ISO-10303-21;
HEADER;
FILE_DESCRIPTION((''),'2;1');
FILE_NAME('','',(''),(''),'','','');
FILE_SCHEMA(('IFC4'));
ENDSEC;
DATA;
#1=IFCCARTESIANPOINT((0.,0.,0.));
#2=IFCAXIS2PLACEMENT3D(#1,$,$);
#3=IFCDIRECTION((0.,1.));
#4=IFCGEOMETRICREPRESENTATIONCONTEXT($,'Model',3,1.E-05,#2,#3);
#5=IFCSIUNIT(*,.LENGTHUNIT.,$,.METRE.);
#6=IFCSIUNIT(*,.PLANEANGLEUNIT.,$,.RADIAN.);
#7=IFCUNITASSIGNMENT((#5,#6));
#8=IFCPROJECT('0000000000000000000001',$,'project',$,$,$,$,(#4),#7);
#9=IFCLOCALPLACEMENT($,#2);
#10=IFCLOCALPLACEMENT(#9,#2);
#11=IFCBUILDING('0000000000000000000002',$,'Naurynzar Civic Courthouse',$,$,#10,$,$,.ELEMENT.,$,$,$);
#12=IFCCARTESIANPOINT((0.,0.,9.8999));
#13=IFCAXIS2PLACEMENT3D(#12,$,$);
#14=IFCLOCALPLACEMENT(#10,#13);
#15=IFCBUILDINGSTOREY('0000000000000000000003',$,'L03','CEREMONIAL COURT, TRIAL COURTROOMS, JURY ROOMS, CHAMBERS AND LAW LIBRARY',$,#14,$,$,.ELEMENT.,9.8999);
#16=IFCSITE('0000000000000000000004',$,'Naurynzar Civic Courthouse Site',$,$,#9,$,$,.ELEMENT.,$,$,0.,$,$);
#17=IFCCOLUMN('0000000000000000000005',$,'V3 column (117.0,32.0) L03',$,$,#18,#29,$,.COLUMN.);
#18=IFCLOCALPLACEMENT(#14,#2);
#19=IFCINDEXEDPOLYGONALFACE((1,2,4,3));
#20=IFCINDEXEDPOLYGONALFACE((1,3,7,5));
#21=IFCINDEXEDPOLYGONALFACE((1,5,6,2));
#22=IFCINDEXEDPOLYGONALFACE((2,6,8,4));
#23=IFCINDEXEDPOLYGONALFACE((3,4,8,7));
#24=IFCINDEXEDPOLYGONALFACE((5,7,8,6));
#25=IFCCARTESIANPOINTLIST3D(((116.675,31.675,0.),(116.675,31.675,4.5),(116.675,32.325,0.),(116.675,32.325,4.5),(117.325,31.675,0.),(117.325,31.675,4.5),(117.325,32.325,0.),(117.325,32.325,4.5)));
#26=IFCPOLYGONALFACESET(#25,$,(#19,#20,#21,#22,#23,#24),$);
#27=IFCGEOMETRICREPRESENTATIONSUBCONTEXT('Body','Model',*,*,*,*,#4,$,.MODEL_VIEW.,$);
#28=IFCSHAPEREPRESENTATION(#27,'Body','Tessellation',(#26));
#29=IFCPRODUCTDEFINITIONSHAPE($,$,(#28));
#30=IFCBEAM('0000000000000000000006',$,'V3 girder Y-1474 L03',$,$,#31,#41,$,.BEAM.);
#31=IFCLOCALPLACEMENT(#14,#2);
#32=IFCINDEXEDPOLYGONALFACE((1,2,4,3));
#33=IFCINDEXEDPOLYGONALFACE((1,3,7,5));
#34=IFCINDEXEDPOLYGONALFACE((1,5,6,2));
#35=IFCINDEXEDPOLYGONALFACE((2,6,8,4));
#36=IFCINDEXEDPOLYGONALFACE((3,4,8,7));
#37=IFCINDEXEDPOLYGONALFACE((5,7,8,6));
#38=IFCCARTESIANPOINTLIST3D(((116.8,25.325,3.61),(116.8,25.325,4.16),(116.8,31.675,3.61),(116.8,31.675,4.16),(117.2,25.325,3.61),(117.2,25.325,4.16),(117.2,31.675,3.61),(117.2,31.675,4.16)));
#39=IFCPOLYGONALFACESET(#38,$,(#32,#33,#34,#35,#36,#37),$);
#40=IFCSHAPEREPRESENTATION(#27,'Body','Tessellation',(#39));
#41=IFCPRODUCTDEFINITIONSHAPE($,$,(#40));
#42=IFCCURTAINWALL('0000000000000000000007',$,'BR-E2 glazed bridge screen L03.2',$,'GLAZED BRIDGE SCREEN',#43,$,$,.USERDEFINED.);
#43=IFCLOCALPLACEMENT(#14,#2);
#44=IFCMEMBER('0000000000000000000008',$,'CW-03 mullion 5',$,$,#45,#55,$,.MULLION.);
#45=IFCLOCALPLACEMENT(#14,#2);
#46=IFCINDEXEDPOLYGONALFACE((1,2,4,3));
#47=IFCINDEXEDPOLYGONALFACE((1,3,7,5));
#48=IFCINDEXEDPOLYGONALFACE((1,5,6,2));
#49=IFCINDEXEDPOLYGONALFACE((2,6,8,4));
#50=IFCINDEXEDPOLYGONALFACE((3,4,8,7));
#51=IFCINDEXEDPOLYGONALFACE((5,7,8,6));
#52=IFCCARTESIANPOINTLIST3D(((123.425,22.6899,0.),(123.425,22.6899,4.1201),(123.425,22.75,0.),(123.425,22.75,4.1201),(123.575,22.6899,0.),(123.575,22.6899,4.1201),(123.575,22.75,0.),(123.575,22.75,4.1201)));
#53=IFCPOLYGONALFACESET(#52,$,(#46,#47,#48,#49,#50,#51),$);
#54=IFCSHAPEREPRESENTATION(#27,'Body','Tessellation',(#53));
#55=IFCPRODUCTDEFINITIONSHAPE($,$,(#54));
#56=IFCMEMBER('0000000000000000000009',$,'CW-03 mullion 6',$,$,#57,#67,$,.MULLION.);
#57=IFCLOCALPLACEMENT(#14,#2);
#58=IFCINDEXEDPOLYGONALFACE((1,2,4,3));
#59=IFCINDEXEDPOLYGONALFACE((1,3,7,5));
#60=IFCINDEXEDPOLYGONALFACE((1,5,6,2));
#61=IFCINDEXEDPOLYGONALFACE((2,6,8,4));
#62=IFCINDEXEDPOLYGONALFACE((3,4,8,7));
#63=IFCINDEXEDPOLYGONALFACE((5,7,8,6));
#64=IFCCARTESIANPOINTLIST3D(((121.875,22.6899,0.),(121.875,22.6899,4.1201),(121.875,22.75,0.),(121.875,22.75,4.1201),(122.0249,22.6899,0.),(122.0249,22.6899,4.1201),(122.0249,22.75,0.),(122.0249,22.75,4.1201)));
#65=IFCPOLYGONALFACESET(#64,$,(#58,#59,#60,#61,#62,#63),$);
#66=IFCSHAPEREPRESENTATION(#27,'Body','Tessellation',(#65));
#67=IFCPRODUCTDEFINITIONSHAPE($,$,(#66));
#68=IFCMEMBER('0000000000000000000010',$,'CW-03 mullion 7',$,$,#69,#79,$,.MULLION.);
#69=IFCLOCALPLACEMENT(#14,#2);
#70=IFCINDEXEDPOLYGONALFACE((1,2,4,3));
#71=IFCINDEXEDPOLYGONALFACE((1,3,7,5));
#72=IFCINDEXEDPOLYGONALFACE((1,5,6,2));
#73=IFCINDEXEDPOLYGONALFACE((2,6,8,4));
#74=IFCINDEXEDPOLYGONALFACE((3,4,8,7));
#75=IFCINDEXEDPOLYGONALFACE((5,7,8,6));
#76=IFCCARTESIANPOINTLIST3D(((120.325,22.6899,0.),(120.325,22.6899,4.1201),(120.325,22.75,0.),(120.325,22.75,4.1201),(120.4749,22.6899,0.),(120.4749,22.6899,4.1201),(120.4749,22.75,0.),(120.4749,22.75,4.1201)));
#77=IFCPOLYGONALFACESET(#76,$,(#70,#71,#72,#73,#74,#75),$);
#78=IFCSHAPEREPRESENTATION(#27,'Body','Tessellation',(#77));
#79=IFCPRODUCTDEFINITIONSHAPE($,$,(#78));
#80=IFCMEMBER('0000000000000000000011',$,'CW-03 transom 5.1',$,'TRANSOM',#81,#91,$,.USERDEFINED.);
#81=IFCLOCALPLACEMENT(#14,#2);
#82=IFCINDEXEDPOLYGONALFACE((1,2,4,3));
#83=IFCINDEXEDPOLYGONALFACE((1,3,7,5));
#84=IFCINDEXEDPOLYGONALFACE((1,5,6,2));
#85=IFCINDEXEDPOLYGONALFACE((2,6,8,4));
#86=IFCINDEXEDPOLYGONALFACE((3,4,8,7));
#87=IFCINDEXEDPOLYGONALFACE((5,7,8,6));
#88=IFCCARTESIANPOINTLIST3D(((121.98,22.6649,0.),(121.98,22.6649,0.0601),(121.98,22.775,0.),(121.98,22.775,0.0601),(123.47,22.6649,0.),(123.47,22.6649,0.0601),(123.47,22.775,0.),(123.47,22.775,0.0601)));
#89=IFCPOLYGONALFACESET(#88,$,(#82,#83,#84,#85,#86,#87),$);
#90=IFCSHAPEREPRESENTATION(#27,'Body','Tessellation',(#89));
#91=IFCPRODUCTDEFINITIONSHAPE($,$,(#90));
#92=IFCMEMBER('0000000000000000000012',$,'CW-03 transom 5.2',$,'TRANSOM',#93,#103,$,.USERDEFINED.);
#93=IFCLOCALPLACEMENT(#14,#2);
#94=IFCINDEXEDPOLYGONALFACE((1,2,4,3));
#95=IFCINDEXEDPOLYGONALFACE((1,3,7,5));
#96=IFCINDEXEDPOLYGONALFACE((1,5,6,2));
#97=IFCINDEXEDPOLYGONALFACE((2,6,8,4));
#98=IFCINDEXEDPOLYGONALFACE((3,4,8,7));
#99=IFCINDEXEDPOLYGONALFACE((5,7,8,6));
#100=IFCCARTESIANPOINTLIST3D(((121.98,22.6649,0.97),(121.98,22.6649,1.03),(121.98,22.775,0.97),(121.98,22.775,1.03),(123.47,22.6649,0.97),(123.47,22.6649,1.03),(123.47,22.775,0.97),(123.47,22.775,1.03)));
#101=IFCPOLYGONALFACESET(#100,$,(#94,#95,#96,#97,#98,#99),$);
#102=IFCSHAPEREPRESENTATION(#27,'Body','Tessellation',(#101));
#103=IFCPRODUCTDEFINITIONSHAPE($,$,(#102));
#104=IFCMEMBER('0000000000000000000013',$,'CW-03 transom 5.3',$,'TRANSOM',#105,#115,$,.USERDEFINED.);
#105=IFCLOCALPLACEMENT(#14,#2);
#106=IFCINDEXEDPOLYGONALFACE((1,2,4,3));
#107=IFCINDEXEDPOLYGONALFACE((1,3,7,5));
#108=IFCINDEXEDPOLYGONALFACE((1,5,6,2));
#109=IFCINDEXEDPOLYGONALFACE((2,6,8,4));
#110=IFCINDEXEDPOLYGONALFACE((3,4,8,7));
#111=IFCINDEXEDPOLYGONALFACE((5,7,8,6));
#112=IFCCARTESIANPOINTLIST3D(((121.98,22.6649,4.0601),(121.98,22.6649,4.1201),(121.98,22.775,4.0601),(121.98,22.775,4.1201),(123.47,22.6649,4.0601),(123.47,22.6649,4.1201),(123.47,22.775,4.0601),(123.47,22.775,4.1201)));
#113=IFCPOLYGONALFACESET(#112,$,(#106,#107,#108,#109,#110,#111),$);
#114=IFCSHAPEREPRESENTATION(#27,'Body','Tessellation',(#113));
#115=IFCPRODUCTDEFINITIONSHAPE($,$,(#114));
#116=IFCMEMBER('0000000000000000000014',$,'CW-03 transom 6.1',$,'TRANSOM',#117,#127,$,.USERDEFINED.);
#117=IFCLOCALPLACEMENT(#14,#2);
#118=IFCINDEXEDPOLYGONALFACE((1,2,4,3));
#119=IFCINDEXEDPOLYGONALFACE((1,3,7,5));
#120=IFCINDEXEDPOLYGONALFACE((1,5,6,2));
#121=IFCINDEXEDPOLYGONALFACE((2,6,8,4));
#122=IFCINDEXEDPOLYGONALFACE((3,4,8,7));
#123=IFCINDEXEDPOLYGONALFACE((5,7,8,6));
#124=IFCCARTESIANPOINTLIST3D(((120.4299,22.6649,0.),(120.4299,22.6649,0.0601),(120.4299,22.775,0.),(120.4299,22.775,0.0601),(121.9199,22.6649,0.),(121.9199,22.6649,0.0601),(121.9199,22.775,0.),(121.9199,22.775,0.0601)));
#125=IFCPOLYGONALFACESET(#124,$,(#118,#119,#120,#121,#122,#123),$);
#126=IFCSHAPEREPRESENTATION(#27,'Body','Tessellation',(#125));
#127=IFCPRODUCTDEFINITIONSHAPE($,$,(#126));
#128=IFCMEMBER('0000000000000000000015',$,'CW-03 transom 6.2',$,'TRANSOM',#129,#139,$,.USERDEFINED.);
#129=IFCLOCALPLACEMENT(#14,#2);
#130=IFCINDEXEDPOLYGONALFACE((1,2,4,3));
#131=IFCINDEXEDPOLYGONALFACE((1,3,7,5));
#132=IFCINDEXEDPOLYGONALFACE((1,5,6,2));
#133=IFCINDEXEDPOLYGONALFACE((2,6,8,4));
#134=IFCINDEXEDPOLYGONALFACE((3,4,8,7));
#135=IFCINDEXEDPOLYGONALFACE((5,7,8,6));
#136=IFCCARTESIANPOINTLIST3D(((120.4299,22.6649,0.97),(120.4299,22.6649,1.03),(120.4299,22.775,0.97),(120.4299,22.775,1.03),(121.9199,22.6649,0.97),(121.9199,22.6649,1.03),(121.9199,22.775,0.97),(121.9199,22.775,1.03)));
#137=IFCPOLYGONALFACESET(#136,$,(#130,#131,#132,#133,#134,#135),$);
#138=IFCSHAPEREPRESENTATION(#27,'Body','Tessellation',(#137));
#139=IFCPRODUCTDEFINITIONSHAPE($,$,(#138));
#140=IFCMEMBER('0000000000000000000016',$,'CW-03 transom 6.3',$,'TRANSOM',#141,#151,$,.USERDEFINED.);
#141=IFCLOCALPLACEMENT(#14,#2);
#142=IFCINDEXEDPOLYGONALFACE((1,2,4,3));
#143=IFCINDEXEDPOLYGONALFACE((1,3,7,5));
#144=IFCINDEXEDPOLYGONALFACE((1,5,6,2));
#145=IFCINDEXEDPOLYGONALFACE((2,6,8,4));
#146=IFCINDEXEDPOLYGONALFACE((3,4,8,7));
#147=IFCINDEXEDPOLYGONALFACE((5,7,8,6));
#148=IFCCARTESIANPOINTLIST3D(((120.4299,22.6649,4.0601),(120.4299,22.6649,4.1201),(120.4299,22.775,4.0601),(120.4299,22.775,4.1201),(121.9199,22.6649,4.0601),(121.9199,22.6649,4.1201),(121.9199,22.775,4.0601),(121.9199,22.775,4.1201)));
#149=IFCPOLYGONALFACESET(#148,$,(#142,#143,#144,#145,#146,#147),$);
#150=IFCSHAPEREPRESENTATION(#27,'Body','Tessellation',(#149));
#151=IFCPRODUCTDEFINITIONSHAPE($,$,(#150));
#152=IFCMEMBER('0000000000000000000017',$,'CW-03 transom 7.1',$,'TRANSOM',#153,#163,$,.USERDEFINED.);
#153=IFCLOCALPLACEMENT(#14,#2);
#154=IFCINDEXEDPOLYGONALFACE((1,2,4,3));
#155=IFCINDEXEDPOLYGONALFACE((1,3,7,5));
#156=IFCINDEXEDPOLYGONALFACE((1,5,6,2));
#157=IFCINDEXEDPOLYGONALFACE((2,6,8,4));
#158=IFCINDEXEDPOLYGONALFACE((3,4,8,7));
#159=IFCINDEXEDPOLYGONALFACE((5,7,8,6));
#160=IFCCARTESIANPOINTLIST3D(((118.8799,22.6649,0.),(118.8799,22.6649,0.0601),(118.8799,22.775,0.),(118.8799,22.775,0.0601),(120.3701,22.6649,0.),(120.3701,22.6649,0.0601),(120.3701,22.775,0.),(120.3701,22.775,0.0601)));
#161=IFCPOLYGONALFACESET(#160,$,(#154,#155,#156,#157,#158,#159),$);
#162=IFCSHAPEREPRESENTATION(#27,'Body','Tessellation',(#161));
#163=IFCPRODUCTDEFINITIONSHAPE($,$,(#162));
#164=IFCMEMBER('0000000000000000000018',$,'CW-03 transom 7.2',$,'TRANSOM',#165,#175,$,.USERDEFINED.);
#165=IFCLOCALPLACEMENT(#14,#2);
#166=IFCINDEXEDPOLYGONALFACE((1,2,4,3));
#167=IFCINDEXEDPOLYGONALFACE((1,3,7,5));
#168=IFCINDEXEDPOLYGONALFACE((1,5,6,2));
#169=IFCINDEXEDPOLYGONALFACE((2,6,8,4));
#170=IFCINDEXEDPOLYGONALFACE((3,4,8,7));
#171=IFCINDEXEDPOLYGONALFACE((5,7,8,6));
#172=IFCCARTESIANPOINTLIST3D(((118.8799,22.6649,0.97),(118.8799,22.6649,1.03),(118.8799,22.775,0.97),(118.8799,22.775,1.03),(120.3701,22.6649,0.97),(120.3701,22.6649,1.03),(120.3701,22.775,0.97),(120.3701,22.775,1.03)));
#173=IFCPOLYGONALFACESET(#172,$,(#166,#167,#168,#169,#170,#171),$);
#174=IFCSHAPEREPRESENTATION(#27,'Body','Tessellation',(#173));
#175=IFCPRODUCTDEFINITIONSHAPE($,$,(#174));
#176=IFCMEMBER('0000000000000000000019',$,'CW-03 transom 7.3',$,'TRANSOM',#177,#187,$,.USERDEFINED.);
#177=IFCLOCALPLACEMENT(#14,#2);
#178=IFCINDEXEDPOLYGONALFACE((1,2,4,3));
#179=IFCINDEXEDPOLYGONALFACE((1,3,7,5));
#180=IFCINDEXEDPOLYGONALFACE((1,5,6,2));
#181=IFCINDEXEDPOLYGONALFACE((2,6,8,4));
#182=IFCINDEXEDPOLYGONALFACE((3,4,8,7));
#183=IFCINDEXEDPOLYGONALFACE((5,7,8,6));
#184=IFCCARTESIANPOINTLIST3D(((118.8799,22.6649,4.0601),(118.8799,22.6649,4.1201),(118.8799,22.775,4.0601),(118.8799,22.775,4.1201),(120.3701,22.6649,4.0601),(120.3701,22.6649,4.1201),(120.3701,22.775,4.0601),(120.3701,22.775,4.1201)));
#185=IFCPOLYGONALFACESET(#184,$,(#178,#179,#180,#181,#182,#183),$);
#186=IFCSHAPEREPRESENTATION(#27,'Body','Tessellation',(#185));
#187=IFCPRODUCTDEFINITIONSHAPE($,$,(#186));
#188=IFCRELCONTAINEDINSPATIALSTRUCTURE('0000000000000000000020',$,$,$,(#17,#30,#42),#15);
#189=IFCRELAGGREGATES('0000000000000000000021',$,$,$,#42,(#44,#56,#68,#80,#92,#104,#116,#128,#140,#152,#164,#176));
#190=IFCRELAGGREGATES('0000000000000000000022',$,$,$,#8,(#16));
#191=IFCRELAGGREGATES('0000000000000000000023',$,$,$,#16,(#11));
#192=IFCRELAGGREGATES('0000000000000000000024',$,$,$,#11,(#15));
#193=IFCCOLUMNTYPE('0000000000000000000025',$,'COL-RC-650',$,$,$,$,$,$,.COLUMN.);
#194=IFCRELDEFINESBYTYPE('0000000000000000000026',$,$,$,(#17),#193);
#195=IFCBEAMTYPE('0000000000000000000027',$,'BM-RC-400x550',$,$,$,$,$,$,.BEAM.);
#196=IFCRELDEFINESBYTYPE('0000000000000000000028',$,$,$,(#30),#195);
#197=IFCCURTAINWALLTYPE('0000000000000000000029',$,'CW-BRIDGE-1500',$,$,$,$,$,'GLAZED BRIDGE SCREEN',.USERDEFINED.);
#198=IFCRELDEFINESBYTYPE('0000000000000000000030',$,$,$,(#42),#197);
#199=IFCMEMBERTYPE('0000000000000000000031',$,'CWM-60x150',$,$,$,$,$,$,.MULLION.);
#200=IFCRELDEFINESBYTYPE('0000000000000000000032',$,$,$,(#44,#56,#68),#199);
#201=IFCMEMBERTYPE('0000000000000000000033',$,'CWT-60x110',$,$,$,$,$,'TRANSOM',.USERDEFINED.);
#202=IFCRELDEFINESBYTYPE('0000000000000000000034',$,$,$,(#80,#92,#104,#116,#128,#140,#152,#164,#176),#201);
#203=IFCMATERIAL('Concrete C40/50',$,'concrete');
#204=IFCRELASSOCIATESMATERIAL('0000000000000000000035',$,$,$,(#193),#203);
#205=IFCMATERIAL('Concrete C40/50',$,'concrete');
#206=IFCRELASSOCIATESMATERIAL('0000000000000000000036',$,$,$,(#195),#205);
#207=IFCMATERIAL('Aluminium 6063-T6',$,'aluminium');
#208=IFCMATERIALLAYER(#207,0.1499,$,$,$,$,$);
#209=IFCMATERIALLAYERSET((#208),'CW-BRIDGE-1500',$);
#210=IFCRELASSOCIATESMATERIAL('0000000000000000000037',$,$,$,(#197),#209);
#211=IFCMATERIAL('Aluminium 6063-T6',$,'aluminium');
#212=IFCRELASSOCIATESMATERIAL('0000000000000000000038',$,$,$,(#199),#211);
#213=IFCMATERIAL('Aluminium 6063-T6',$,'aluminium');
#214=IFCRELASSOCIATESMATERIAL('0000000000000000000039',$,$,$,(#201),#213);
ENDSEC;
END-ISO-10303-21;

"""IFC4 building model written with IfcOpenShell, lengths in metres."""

from ifc_helpers import new_model, si_unit, direction, frame, origin, origin_2d, place, context, subcontext, project, spatial, rectangle, extrude, material, layer, layer_set, material_profile, profile_set, type_object, element, aggregate, save


model = new_model("IFC4")

# Units and contexts
model_context = context("Model", 3, precision=1e-05, world=origin(), true_north=direction((0.0, 1.0)))
body_context = subcontext(model_context, "Body", "Model", "MODEL_VIEW")
ifc_project = project(units=[si_unit("LENGTHUNIT", "METRE"), si_unit("PLANEANGLEUNIT", "RADIAN")], contexts=[model_context])

# Site, building, storey
site_placement = place(None, origin())
site = spatial("IfcSite", under=ifc_project, at=site_placement, Name="Naurynzar Civic Courthouse Site", CompositionType="ELEMENT", RefElevation=0.0)
building_placement = place(site_placement, origin())
building = spatial("IfcBuilding", under=site, at=building_placement, Name="Naurynzar Civic Courthouse", CompositionType="ELEMENT")
storey_placement = place(building_placement, frame((0.0, 0.0, 9.8999)))
storey = spatial("IfcBuildingStorey", under=building, at=storey_placement, Name="L03", Description="CEREMONIAL COURT, TRIAL COURTROOMS, JURY ROOMS, CHAMBERS AND LAW LIBRARY", CompositionType="ELEMENT", Elevation=9.8999)

# Column
ifc_material_1 = material(Name="Concrete C40/50", Category="concrete")
ifc_material_profile_1 = material_profile(ifc_material_1, rectangle(XDim=0.6499, YDim=0.6499, at=origin_2d()), Name="RC 650x650")
ifc_profile_set_1 = profile_set([ifc_material_profile_1], Name="Concrete C40/50")
column_type = type_object("IfcColumnType", Name="COL-RC-650", PredefinedType="COLUMN", material=ifc_profile_set_1)
column_placement = place(storey_placement, frame((117.0, 32.0, 0.0), z_axis=(0.0, 0.0, 1.0), x_axis=(1.0, 0.0, 0.0)))
element("IfcColumn", 1, at=column_placement, inside=storey, type_object=column_type, Name="V3 column (117.0,32.0) L03", PredefinedType="COLUMN", context=body_context, shape_type="SweptSolid", body=[
    extrude(rectangle(XDim=0.6499, YDim=0.6499, at=origin_2d()), origin(), (0.0, 0.0, 1.0), 4.5),
])

# Beam
ifc_material_2 = material(Name="Concrete C40/50", Category="concrete")
ifc_material_profile_2 = material_profile(ifc_material_2, rectangle(XDim=0.3999, YDim=0.55, at=origin_2d()), Name="RCB 400x550")
ifc_profile_set_2 = profile_set([ifc_material_profile_2], Name="Concrete C40/50")
beam_type = type_object("IfcBeamType", Name="BM-RC-400x550", PredefinedType="BEAM", material=ifc_profile_set_2)
beam_placement = place(storey_placement, frame((117.0, 25.325, 3.885), z_axis=(0.0, 1.0, 0.0), x_axis=(-1.0, 0.0, 0.0)))
element("IfcBeam", 2, at=beam_placement, inside=storey, type_object=beam_type, Name="V3 girder Y-1474 L03", PredefinedType="BEAM", context=body_context, shape_type="SweptSolid", body=[
    extrude(rectangle(XDim=0.3999, YDim=0.55, at=origin_2d()), origin(), (0.0, 0.0, 1.0), 6.3501),
])

# Curtain wall, members
ifc_material_3 = material(Name="Aluminium 6063-T6", Category="aluminium")
ifc_layer_1 = layer(ifc_material_3, 0.1499)
ifc_layer_set_1 = layer_set([ifc_layer_1], Name="CW-BRIDGE-1500")
curtain_wall_type = type_object("IfcCurtainWallType", Name="CW-BRIDGE-1500", ElementType="GLAZED BRIDGE SCREEN", PredefinedType="USERDEFINED", material=ifc_layer_set_1)
curtain_wall_placement = place(storey_placement, origin())
curtain_wall = element("IfcCurtainWall", 3, at=curtain_wall_placement, inside=storey, type_object=curtain_wall_type, Name="BR-E2 glazed bridge screen L03.2", ObjectType="GLAZED BRIDGE SCREEN", PredefinedType="USERDEFINED")
ifc_material_4 = material(Name="Aluminium 6063-T6", Category="aluminium")
ifc_material_profile_3 = material_profile(ifc_material_4, rectangle(XDim=0.0601, YDim=0.1499, at=origin_2d()), Name="ALU MULLION 60x150")
ifc_profile_set_3 = profile_set([ifc_material_profile_3], Name="Aluminium 6063-T6")
member_type_1 = type_object("IfcMemberType", Name="CWM-60x150", PredefinedType="MULLION", material=ifc_profile_set_3)
member_1_placement = place(storey_placement, frame((123.5, 22.72, 0.0), z_axis=(0.0, 0.0, 1.0), x_axis=(0.0, -1.0, 0.0)))
member_1 = element("IfcMember", 4, at=member_1_placement, type_object=member_type_1, Name="CW-03 mullion 5", PredefinedType="MULLION", context=body_context, shape_type="SweptSolid", body=[
    extrude(rectangle(XDim=0.0601, YDim=0.1499, at=origin_2d()), origin(), (0.0, 0.0, 1.0), 4.1201),
])
member_2_placement = place(storey_placement, frame((121.95, 22.72, 0.0), z_axis=(0.0, 0.0, 1.0), x_axis=(0.0, -1.0, 0.0)))
member_2 = element("IfcMember", 5, at=member_2_placement, type_object=member_type_1, Name="CW-03 mullion 6", PredefinedType="MULLION", context=body_context, shape_type="SweptSolid", body=[
    extrude(rectangle(XDim=0.0601, YDim=0.1499, at=origin_2d()), origin(), (0.0, 0.0, 1.0), 4.1201),
])
member_3_placement = place(storey_placement, frame((120.3999, 22.72, 0.0), z_axis=(0.0, 0.0, 1.0), x_axis=(0.0, -1.0, 0.0)))
member_3 = element("IfcMember", 6, at=member_3_placement, type_object=member_type_1, Name="CW-03 mullion 7", PredefinedType="MULLION", context=body_context, shape_type="SweptSolid", body=[
    extrude(rectangle(XDim=0.0601, YDim=0.1499, at=origin_2d()), origin(), (0.0, 0.0, 1.0), 4.1201),
])
ifc_material_5 = material(Name="Aluminium 6063-T6", Category="aluminium")
ifc_material_profile_4 = material_profile(ifc_material_5, rectangle(XDim=0.1101, YDim=0.0601, at=origin_2d()), Name="ALU TRANSOM 60x110")
ifc_profile_set_4 = profile_set([ifc_material_profile_4], Name="Aluminium 6063-T6")
member_type_2 = type_object("IfcMemberType", Name="CWT-60x110", ElementType="TRANSOM", PredefinedType="USERDEFINED", material=ifc_profile_set_4)
member_4_placement = place(storey_placement, frame((123.47, 22.72, 0.03), z_axis=(-1.0, 0.0, 0.0), x_axis=(0.0, -1.0, 0.0)))
member_4 = element("IfcMember", 7, at=member_4_placement, type_object=member_type_2, Name="CW-03 transom 5.1", ObjectType="TRANSOM", PredefinedType="USERDEFINED", context=body_context, shape_type="SweptSolid", body=[
    extrude(rectangle(XDim=0.1101, YDim=0.0601, at=origin_2d()), origin(), (0.0, 0.0, 1.0), 1.49),
])
member_5_placement = place(storey_placement, frame((123.47, 22.72, 1.0), z_axis=(-1.0, 0.0, 0.0), x_axis=(0.0, -1.0, 0.0)))
member_5 = element("IfcMember", 8, at=member_5_placement, type_object=member_type_2, Name="CW-03 transom 5.2", ObjectType="TRANSOM", PredefinedType="USERDEFINED", context=body_context, shape_type="SweptSolid", body=[
    extrude(rectangle(XDim=0.1101, YDim=0.0601, at=origin_2d()), origin(), (0.0, 0.0, 1.0), 1.49),
])
member_6_placement = place(storey_placement, frame((123.47, 22.72, 4.0901), z_axis=(-1.0, 0.0, 0.0), x_axis=(0.0, -1.0, 0.0)))
member_6 = element("IfcMember", 9, at=member_6_placement, type_object=member_type_2, Name="CW-03 transom 5.3", ObjectType="TRANSOM", PredefinedType="USERDEFINED", context=body_context, shape_type="SweptSolid", body=[
    extrude(rectangle(XDim=0.1101, YDim=0.0601, at=origin_2d()), origin(), (0.0, 0.0, 1.0), 1.49),
])
member_7_placement = place(storey_placement, frame((121.9199, 22.72, 0.03), z_axis=(-1.0, 0.0, 0.0), x_axis=(0.0, -1.0, 0.0)))
member_7 = element("IfcMember", 10, at=member_7_placement, type_object=member_type_2, Name="CW-03 transom 6.1", ObjectType="TRANSOM", PredefinedType="USERDEFINED", context=body_context, shape_type="SweptSolid", body=[
    extrude(rectangle(XDim=0.1101, YDim=0.0601, at=origin_2d()), origin(), (0.0, 0.0, 1.0), 1.49),
])
member_8_placement = place(storey_placement, frame((121.9199, 22.72, 1.0), z_axis=(-1.0, 0.0, 0.0), x_axis=(0.0, -1.0, 0.0)))
member_8 = element("IfcMember", 11, at=member_8_placement, type_object=member_type_2, Name="CW-03 transom 6.2", ObjectType="TRANSOM", PredefinedType="USERDEFINED", context=body_context, shape_type="SweptSolid", body=[
    extrude(rectangle(XDim=0.1101, YDim=0.0601, at=origin_2d()), origin(), (0.0, 0.0, 1.0), 1.49),
])
member_9_placement = place(storey_placement, frame((121.9199, 22.72, 4.0901), z_axis=(-1.0, 0.0, 0.0), x_axis=(0.0, -1.0, 0.0)))
member_9 = element("IfcMember", 12, at=member_9_placement, type_object=member_type_2, Name="CW-03 transom 6.3", ObjectType="TRANSOM", PredefinedType="USERDEFINED", context=body_context, shape_type="SweptSolid", body=[
    extrude(rectangle(XDim=0.1101, YDim=0.0601, at=origin_2d()), origin(), (0.0, 0.0, 1.0), 1.49),
])
member_10_placement = place(storey_placement, frame((120.3701, 22.72, 0.03), z_axis=(-1.0, 0.0, 0.0), x_axis=(0.0, -1.0, 0.0)))
member_10 = element("IfcMember", 13, at=member_10_placement, type_object=member_type_2, Name="CW-03 transom 7.1", ObjectType="TRANSOM", PredefinedType="USERDEFINED", context=body_context, shape_type="SweptSolid", body=[
    extrude(rectangle(XDim=0.1101, YDim=0.0601, at=origin_2d()), origin(), (0.0, 0.0, 1.0), 1.4902),
])
member_11_placement = place(storey_placement, frame((120.3701, 22.72, 1.0), z_axis=(-1.0, 0.0, 0.0), x_axis=(0.0, -1.0, 0.0)))
member_11 = element("IfcMember", 14, at=member_11_placement, type_object=member_type_2, Name="CW-03 transom 7.2", ObjectType="TRANSOM", PredefinedType="USERDEFINED", context=body_context, shape_type="SweptSolid", body=[
    extrude(rectangle(XDim=0.1101, YDim=0.0601, at=origin_2d()), origin(), (0.0, 0.0, 1.0), 1.4902),
])
member_12_placement = place(storey_placement, frame((120.3701, 22.72, 4.0901), z_axis=(-1.0, 0.0, 0.0), x_axis=(0.0, -1.0, 0.0)))
member_12 = element("IfcMember", 15, at=member_12_placement, type_object=member_type_2, Name="CW-03 transom 7.3", ObjectType="TRANSOM", PredefinedType="USERDEFINED", context=body_context, shape_type="SweptSolid", body=[
    extrude(rectangle(XDim=0.1101, YDim=0.0601, at=origin_2d()), origin(), (0.0, 0.0, 1.0), 1.4902),
])
aggregate(curtain_wall, [member_1, member_2, member_3, member_4, member_5, member_6, member_7, member_8, member_9, member_10, member_11, member_12])

save(model, "model.ifc")
